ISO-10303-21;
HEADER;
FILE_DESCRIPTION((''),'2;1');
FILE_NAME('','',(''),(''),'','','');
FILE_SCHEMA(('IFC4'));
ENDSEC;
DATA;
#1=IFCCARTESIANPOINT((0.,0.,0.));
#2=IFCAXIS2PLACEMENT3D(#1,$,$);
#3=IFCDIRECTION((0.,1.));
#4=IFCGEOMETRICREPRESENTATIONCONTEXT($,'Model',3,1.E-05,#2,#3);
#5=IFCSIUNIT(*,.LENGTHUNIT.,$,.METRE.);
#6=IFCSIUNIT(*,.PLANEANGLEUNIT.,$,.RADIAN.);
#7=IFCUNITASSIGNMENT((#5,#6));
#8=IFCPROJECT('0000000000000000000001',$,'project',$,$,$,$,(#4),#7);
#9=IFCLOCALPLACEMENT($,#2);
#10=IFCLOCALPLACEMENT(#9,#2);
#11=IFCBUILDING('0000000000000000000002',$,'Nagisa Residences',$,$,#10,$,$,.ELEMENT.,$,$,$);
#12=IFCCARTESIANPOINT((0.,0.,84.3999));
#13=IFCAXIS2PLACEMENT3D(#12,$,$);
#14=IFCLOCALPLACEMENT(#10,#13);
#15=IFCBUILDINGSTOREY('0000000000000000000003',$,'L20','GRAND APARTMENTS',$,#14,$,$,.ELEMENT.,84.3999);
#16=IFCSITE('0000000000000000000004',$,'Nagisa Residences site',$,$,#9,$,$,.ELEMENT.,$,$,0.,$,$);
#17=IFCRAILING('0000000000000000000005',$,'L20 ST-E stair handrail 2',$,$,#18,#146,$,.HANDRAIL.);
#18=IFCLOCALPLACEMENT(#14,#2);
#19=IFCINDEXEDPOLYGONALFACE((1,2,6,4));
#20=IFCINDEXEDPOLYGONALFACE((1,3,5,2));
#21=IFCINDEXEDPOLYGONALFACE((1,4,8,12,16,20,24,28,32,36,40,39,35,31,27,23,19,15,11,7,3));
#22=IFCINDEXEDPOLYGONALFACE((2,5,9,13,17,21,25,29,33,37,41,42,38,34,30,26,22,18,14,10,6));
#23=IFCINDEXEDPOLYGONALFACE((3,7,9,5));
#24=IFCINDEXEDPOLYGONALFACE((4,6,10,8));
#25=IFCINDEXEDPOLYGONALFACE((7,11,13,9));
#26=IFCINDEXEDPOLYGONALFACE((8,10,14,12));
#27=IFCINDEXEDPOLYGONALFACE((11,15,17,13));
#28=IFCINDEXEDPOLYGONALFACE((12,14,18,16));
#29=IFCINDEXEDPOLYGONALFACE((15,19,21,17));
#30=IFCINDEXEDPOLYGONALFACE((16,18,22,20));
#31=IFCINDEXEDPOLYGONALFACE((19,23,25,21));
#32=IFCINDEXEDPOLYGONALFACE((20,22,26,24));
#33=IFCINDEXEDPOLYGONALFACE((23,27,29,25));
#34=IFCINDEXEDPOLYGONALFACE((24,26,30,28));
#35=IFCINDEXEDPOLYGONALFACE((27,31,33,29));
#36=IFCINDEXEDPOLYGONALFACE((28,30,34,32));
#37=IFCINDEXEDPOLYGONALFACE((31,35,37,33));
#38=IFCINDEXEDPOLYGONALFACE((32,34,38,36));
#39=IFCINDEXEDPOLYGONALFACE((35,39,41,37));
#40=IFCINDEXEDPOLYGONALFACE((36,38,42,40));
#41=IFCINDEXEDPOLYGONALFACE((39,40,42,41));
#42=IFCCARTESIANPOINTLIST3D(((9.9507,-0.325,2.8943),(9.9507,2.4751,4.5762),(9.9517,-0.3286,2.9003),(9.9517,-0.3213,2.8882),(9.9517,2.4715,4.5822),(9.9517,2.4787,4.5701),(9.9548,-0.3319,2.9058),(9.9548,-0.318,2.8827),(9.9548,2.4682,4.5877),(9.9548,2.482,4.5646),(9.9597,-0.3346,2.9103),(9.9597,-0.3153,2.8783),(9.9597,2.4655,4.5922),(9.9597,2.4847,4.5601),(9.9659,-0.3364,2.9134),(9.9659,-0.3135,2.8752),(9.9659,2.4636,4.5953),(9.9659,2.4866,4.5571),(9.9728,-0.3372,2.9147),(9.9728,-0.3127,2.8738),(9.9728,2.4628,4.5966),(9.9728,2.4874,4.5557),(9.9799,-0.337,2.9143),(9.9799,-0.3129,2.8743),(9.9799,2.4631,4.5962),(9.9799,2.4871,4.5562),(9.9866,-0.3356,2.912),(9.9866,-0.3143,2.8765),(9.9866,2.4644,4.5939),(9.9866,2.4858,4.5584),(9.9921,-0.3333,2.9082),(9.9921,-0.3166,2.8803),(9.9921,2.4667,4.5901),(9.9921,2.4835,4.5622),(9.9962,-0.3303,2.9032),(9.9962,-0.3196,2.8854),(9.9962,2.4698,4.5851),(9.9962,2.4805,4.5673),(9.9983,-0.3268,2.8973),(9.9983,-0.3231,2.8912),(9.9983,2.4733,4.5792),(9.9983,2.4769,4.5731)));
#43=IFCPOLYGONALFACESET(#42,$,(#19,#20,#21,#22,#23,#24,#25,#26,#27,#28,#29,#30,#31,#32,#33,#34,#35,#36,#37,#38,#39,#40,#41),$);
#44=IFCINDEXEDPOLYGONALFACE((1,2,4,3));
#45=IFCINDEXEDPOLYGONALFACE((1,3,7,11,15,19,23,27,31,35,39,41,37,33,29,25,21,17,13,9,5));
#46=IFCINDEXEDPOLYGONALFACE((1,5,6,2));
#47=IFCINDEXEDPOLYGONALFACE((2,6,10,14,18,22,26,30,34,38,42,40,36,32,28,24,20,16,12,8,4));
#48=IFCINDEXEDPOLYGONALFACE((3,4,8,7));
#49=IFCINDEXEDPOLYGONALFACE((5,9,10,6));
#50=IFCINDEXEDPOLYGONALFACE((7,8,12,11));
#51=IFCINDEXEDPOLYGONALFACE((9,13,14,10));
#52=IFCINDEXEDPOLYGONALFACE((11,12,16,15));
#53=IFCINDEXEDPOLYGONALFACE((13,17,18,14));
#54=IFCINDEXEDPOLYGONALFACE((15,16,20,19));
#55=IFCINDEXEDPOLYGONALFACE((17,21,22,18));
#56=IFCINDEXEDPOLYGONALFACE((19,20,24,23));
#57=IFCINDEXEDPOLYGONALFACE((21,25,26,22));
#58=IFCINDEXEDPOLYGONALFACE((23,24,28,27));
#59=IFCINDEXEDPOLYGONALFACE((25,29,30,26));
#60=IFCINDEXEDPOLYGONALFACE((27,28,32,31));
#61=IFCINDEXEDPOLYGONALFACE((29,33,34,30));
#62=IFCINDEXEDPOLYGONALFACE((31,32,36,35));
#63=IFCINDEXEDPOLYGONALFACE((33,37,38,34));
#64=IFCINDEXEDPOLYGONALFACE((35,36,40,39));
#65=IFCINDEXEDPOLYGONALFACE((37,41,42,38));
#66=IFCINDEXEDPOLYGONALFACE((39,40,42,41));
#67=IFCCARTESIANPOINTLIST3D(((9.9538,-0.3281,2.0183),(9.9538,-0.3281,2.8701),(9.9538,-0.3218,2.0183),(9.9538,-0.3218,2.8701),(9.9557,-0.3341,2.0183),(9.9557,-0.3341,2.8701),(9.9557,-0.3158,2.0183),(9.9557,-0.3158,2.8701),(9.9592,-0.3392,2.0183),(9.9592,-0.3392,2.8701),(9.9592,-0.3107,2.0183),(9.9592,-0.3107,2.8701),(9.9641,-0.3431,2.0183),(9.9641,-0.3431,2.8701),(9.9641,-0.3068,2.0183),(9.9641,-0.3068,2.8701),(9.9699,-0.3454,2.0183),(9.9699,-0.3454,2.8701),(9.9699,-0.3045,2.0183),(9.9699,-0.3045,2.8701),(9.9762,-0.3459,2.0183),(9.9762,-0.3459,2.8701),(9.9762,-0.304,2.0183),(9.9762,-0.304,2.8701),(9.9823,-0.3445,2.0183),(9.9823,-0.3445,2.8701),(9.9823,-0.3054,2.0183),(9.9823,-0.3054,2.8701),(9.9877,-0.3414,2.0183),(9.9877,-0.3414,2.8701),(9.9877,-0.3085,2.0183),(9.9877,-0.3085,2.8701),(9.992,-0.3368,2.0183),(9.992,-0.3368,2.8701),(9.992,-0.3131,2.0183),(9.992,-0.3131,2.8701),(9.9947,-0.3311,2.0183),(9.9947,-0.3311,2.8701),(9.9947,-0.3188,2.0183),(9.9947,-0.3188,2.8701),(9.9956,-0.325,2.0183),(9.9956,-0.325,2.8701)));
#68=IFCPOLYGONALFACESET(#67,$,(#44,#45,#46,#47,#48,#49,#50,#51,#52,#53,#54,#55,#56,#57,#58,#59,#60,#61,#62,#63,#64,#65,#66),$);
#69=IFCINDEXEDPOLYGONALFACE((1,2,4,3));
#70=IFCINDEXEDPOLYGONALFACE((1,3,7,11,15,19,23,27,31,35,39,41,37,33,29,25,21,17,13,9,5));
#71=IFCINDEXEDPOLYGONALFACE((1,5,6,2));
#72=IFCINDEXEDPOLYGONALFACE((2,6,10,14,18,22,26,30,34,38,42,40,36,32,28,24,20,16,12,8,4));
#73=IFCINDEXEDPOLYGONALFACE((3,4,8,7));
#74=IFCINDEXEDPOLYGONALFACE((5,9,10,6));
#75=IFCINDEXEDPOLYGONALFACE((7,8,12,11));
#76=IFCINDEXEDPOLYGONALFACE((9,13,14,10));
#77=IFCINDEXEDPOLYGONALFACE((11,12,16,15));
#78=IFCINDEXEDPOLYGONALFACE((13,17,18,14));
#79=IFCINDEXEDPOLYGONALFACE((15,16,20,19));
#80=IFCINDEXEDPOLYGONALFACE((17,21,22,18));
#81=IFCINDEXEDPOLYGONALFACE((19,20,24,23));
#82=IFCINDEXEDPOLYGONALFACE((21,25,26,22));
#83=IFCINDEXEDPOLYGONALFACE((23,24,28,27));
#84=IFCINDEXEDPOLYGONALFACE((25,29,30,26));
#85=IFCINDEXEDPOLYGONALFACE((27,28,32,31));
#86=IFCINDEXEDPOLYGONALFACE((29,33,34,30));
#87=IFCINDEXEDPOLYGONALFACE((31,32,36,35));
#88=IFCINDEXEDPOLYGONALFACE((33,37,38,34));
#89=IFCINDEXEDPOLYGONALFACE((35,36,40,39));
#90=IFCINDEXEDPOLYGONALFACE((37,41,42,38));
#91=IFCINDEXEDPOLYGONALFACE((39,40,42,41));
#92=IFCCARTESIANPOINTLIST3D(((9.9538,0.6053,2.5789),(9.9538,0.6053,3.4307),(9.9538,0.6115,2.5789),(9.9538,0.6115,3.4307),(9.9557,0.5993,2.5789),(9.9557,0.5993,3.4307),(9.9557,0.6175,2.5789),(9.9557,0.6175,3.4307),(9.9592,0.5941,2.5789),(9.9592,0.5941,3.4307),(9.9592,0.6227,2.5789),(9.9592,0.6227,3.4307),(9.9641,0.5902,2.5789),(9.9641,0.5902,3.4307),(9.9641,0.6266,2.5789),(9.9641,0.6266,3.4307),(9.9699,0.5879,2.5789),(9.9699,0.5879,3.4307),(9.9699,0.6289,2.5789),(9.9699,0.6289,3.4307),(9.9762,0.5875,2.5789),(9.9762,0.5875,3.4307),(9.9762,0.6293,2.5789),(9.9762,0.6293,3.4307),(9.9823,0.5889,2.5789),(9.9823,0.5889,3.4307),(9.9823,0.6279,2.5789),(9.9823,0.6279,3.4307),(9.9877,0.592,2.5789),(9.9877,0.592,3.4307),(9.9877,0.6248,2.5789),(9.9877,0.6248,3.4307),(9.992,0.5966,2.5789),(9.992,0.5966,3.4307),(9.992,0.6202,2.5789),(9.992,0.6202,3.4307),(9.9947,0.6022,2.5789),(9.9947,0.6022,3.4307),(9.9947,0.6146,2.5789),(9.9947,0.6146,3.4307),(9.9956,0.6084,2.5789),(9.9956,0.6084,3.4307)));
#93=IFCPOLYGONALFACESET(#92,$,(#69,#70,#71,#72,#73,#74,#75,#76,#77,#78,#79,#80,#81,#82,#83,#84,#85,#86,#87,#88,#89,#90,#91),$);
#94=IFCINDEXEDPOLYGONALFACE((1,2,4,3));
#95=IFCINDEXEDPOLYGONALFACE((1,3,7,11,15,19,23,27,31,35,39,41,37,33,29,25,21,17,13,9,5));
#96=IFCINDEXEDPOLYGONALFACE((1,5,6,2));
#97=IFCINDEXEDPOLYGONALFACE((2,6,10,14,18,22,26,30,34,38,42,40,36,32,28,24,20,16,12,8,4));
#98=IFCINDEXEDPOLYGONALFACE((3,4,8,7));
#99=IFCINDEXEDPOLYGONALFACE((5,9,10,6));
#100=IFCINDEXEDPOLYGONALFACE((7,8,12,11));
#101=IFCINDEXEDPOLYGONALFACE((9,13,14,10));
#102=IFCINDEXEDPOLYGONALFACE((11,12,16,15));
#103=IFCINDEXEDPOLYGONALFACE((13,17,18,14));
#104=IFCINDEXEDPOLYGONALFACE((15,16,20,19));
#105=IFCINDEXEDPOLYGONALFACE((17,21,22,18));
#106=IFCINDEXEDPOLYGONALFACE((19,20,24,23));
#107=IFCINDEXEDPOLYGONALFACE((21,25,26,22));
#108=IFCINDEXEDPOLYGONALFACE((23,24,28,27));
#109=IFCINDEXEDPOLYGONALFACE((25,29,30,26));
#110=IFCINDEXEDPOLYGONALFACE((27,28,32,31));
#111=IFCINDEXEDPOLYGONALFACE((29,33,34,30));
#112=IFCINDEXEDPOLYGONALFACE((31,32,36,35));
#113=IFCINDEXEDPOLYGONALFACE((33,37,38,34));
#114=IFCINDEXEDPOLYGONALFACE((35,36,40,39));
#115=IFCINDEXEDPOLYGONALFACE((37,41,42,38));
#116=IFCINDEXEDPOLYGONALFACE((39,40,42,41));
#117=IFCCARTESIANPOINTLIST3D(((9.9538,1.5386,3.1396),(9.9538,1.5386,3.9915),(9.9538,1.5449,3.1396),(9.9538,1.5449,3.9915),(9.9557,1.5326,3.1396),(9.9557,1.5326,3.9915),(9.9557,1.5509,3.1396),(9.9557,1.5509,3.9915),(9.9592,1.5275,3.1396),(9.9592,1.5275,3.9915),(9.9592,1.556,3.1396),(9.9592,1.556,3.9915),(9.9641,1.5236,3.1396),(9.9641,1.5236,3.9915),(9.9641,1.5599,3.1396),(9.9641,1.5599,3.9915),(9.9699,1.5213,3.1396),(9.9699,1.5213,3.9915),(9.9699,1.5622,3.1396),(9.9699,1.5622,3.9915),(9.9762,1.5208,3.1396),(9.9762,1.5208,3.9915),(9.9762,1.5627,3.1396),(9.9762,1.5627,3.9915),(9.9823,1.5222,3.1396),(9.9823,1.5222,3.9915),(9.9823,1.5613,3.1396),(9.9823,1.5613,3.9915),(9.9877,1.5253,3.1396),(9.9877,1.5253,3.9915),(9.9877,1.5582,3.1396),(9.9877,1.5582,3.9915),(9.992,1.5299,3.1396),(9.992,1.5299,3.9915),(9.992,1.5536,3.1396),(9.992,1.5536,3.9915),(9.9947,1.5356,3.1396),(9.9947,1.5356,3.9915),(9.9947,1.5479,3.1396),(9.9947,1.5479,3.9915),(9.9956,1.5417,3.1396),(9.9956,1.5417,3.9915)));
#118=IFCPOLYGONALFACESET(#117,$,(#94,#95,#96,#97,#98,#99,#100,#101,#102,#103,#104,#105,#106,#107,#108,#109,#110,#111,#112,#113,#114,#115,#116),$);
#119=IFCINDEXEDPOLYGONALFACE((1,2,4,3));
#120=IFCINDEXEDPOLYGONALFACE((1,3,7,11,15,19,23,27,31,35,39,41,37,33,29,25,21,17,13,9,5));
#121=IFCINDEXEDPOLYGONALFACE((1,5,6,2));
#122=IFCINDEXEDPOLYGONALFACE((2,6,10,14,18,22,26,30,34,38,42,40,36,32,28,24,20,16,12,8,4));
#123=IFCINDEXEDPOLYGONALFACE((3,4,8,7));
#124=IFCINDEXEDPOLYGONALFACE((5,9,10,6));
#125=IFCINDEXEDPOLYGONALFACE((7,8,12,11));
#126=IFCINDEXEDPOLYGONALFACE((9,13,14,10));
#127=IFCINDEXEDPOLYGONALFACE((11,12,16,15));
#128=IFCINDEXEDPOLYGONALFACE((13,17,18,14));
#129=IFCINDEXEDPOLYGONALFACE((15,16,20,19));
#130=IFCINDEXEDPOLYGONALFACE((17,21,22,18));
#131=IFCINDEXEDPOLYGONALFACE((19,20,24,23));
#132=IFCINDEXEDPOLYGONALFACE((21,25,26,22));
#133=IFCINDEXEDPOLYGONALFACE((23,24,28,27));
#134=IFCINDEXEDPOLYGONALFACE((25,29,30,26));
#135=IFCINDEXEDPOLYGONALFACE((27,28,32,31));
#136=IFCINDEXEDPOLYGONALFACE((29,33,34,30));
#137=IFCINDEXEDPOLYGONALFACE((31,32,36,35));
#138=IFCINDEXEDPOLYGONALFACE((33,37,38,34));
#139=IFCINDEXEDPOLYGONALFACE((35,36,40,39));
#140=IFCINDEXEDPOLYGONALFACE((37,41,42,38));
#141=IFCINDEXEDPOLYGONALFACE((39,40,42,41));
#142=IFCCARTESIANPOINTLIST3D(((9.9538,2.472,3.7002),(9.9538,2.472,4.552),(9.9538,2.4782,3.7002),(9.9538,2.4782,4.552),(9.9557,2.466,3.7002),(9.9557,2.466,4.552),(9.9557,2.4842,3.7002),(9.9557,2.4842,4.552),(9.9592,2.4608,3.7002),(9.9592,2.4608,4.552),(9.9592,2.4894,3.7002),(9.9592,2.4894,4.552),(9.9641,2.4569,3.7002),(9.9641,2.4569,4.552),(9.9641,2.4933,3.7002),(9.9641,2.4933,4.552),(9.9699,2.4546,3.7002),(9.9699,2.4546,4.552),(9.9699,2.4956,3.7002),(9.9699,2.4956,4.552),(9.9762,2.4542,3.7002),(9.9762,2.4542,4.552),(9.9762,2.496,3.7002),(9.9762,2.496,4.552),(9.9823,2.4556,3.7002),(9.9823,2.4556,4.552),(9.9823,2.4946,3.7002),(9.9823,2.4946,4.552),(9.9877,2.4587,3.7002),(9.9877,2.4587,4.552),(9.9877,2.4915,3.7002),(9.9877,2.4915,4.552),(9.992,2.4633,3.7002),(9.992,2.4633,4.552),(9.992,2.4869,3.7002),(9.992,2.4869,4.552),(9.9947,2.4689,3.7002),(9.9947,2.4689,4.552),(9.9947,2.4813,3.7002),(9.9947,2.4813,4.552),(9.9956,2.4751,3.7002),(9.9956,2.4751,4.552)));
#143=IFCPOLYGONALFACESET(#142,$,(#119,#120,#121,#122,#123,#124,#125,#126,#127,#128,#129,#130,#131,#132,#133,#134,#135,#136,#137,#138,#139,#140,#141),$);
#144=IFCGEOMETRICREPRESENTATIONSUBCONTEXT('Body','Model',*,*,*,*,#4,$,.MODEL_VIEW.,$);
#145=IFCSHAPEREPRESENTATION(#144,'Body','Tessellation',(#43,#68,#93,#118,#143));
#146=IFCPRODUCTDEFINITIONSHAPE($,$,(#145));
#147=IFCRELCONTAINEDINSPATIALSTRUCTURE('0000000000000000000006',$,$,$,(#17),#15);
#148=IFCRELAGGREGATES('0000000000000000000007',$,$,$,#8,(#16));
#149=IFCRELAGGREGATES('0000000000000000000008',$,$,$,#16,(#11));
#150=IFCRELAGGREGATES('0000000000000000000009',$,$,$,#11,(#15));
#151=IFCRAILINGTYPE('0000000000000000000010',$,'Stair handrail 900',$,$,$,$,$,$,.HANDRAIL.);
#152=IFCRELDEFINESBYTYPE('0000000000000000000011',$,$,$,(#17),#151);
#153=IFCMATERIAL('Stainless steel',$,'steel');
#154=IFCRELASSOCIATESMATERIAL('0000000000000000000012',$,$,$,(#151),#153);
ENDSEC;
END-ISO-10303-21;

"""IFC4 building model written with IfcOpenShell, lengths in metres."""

from ifc_helpers import new_model, si_unit, direction, frame, origin, origin_2d, place, context, subcontext, project, spatial, circle, extrude, material, type_object, element, save


model = new_model("IFC4")

# Units and contexts
model_context = context("Model", 3, precision=1e-05, world=origin(), true_north=direction((0.0, 1.0)))
body_context = subcontext(model_context, "Body", "Model", "MODEL_VIEW")
ifc_project = project(units=[si_unit("LENGTHUNIT", "METRE"), si_unit("PLANEANGLEUNIT", "RADIAN")], contexts=[model_context])

# Site, building, storey
site_placement = place(None, origin())
site = spatial("IfcSite", under=ifc_project, at=site_placement, Name="Nagisa Residences site", CompositionType="ELEMENT", RefElevation=0.0)
building_placement = place(site_placement, origin())
building = spatial("IfcBuilding", under=site, at=building_placement, Name="Nagisa Residences", CompositionType="ELEMENT")
storey_placement = place(building_placement, frame((0.0, 0.0, 84.3999)))
storey = spatial("IfcBuildingStorey", under=building, at=storey_placement, Name="L20", Description="GRAND APARTMENTS", CompositionType="ELEMENT", Elevation=84.3999)

# Railing
ifc_material_1 = material(Name="Stainless steel", Category="steel")
railing_type_1 = type_object("IfcRailingType", Name="Stair handrail 900", PredefinedType="HANDRAIL", material=ifc_material_1)
railing_1_placement = place(storey_placement, frame((9.9746, -0.325, 2.0183)))
element("IfcRailing", 1, at=railing_1_placement, inside=storey, type_object=railing_type_1, Name="L20 ST-E stair handrail 2", PredefinedType="HANDRAIL", context=body_context, shape_type="SweptSolid", body=[
    extrude(circle(Radius=0.0239, at=origin_2d()), frame((0.0, 0.0, 0.876), z_axis=(0.0, 0.857242, 0.514913), x_axis=(-1.0, 0.0, 0.0)), (0.0, 0.0, 1.0), 3.2664),
    extrude(circle(Radius=0.021, at=origin_2d()), origin(), (0.0, 0.0, 1.0), 0.8518),
    extrude(circle(Radius=0.021, at=origin_2d()), frame((0.0, 0.9333, 0.5605)), (0.0, 0.0, 1.0), 0.8518),
    extrude(circle(Radius=0.021, at=origin_2d()), frame((0.0, 1.8667, 1.1213)), (0.0, 0.0, 1.0), 0.8518),
    extrude(circle(Radius=0.021, at=origin_2d()), frame((0.0, 2.8, 1.6819)), (0.0, 0.0, 1.0), 0.8518),
])

save(model, "model.ifc")
